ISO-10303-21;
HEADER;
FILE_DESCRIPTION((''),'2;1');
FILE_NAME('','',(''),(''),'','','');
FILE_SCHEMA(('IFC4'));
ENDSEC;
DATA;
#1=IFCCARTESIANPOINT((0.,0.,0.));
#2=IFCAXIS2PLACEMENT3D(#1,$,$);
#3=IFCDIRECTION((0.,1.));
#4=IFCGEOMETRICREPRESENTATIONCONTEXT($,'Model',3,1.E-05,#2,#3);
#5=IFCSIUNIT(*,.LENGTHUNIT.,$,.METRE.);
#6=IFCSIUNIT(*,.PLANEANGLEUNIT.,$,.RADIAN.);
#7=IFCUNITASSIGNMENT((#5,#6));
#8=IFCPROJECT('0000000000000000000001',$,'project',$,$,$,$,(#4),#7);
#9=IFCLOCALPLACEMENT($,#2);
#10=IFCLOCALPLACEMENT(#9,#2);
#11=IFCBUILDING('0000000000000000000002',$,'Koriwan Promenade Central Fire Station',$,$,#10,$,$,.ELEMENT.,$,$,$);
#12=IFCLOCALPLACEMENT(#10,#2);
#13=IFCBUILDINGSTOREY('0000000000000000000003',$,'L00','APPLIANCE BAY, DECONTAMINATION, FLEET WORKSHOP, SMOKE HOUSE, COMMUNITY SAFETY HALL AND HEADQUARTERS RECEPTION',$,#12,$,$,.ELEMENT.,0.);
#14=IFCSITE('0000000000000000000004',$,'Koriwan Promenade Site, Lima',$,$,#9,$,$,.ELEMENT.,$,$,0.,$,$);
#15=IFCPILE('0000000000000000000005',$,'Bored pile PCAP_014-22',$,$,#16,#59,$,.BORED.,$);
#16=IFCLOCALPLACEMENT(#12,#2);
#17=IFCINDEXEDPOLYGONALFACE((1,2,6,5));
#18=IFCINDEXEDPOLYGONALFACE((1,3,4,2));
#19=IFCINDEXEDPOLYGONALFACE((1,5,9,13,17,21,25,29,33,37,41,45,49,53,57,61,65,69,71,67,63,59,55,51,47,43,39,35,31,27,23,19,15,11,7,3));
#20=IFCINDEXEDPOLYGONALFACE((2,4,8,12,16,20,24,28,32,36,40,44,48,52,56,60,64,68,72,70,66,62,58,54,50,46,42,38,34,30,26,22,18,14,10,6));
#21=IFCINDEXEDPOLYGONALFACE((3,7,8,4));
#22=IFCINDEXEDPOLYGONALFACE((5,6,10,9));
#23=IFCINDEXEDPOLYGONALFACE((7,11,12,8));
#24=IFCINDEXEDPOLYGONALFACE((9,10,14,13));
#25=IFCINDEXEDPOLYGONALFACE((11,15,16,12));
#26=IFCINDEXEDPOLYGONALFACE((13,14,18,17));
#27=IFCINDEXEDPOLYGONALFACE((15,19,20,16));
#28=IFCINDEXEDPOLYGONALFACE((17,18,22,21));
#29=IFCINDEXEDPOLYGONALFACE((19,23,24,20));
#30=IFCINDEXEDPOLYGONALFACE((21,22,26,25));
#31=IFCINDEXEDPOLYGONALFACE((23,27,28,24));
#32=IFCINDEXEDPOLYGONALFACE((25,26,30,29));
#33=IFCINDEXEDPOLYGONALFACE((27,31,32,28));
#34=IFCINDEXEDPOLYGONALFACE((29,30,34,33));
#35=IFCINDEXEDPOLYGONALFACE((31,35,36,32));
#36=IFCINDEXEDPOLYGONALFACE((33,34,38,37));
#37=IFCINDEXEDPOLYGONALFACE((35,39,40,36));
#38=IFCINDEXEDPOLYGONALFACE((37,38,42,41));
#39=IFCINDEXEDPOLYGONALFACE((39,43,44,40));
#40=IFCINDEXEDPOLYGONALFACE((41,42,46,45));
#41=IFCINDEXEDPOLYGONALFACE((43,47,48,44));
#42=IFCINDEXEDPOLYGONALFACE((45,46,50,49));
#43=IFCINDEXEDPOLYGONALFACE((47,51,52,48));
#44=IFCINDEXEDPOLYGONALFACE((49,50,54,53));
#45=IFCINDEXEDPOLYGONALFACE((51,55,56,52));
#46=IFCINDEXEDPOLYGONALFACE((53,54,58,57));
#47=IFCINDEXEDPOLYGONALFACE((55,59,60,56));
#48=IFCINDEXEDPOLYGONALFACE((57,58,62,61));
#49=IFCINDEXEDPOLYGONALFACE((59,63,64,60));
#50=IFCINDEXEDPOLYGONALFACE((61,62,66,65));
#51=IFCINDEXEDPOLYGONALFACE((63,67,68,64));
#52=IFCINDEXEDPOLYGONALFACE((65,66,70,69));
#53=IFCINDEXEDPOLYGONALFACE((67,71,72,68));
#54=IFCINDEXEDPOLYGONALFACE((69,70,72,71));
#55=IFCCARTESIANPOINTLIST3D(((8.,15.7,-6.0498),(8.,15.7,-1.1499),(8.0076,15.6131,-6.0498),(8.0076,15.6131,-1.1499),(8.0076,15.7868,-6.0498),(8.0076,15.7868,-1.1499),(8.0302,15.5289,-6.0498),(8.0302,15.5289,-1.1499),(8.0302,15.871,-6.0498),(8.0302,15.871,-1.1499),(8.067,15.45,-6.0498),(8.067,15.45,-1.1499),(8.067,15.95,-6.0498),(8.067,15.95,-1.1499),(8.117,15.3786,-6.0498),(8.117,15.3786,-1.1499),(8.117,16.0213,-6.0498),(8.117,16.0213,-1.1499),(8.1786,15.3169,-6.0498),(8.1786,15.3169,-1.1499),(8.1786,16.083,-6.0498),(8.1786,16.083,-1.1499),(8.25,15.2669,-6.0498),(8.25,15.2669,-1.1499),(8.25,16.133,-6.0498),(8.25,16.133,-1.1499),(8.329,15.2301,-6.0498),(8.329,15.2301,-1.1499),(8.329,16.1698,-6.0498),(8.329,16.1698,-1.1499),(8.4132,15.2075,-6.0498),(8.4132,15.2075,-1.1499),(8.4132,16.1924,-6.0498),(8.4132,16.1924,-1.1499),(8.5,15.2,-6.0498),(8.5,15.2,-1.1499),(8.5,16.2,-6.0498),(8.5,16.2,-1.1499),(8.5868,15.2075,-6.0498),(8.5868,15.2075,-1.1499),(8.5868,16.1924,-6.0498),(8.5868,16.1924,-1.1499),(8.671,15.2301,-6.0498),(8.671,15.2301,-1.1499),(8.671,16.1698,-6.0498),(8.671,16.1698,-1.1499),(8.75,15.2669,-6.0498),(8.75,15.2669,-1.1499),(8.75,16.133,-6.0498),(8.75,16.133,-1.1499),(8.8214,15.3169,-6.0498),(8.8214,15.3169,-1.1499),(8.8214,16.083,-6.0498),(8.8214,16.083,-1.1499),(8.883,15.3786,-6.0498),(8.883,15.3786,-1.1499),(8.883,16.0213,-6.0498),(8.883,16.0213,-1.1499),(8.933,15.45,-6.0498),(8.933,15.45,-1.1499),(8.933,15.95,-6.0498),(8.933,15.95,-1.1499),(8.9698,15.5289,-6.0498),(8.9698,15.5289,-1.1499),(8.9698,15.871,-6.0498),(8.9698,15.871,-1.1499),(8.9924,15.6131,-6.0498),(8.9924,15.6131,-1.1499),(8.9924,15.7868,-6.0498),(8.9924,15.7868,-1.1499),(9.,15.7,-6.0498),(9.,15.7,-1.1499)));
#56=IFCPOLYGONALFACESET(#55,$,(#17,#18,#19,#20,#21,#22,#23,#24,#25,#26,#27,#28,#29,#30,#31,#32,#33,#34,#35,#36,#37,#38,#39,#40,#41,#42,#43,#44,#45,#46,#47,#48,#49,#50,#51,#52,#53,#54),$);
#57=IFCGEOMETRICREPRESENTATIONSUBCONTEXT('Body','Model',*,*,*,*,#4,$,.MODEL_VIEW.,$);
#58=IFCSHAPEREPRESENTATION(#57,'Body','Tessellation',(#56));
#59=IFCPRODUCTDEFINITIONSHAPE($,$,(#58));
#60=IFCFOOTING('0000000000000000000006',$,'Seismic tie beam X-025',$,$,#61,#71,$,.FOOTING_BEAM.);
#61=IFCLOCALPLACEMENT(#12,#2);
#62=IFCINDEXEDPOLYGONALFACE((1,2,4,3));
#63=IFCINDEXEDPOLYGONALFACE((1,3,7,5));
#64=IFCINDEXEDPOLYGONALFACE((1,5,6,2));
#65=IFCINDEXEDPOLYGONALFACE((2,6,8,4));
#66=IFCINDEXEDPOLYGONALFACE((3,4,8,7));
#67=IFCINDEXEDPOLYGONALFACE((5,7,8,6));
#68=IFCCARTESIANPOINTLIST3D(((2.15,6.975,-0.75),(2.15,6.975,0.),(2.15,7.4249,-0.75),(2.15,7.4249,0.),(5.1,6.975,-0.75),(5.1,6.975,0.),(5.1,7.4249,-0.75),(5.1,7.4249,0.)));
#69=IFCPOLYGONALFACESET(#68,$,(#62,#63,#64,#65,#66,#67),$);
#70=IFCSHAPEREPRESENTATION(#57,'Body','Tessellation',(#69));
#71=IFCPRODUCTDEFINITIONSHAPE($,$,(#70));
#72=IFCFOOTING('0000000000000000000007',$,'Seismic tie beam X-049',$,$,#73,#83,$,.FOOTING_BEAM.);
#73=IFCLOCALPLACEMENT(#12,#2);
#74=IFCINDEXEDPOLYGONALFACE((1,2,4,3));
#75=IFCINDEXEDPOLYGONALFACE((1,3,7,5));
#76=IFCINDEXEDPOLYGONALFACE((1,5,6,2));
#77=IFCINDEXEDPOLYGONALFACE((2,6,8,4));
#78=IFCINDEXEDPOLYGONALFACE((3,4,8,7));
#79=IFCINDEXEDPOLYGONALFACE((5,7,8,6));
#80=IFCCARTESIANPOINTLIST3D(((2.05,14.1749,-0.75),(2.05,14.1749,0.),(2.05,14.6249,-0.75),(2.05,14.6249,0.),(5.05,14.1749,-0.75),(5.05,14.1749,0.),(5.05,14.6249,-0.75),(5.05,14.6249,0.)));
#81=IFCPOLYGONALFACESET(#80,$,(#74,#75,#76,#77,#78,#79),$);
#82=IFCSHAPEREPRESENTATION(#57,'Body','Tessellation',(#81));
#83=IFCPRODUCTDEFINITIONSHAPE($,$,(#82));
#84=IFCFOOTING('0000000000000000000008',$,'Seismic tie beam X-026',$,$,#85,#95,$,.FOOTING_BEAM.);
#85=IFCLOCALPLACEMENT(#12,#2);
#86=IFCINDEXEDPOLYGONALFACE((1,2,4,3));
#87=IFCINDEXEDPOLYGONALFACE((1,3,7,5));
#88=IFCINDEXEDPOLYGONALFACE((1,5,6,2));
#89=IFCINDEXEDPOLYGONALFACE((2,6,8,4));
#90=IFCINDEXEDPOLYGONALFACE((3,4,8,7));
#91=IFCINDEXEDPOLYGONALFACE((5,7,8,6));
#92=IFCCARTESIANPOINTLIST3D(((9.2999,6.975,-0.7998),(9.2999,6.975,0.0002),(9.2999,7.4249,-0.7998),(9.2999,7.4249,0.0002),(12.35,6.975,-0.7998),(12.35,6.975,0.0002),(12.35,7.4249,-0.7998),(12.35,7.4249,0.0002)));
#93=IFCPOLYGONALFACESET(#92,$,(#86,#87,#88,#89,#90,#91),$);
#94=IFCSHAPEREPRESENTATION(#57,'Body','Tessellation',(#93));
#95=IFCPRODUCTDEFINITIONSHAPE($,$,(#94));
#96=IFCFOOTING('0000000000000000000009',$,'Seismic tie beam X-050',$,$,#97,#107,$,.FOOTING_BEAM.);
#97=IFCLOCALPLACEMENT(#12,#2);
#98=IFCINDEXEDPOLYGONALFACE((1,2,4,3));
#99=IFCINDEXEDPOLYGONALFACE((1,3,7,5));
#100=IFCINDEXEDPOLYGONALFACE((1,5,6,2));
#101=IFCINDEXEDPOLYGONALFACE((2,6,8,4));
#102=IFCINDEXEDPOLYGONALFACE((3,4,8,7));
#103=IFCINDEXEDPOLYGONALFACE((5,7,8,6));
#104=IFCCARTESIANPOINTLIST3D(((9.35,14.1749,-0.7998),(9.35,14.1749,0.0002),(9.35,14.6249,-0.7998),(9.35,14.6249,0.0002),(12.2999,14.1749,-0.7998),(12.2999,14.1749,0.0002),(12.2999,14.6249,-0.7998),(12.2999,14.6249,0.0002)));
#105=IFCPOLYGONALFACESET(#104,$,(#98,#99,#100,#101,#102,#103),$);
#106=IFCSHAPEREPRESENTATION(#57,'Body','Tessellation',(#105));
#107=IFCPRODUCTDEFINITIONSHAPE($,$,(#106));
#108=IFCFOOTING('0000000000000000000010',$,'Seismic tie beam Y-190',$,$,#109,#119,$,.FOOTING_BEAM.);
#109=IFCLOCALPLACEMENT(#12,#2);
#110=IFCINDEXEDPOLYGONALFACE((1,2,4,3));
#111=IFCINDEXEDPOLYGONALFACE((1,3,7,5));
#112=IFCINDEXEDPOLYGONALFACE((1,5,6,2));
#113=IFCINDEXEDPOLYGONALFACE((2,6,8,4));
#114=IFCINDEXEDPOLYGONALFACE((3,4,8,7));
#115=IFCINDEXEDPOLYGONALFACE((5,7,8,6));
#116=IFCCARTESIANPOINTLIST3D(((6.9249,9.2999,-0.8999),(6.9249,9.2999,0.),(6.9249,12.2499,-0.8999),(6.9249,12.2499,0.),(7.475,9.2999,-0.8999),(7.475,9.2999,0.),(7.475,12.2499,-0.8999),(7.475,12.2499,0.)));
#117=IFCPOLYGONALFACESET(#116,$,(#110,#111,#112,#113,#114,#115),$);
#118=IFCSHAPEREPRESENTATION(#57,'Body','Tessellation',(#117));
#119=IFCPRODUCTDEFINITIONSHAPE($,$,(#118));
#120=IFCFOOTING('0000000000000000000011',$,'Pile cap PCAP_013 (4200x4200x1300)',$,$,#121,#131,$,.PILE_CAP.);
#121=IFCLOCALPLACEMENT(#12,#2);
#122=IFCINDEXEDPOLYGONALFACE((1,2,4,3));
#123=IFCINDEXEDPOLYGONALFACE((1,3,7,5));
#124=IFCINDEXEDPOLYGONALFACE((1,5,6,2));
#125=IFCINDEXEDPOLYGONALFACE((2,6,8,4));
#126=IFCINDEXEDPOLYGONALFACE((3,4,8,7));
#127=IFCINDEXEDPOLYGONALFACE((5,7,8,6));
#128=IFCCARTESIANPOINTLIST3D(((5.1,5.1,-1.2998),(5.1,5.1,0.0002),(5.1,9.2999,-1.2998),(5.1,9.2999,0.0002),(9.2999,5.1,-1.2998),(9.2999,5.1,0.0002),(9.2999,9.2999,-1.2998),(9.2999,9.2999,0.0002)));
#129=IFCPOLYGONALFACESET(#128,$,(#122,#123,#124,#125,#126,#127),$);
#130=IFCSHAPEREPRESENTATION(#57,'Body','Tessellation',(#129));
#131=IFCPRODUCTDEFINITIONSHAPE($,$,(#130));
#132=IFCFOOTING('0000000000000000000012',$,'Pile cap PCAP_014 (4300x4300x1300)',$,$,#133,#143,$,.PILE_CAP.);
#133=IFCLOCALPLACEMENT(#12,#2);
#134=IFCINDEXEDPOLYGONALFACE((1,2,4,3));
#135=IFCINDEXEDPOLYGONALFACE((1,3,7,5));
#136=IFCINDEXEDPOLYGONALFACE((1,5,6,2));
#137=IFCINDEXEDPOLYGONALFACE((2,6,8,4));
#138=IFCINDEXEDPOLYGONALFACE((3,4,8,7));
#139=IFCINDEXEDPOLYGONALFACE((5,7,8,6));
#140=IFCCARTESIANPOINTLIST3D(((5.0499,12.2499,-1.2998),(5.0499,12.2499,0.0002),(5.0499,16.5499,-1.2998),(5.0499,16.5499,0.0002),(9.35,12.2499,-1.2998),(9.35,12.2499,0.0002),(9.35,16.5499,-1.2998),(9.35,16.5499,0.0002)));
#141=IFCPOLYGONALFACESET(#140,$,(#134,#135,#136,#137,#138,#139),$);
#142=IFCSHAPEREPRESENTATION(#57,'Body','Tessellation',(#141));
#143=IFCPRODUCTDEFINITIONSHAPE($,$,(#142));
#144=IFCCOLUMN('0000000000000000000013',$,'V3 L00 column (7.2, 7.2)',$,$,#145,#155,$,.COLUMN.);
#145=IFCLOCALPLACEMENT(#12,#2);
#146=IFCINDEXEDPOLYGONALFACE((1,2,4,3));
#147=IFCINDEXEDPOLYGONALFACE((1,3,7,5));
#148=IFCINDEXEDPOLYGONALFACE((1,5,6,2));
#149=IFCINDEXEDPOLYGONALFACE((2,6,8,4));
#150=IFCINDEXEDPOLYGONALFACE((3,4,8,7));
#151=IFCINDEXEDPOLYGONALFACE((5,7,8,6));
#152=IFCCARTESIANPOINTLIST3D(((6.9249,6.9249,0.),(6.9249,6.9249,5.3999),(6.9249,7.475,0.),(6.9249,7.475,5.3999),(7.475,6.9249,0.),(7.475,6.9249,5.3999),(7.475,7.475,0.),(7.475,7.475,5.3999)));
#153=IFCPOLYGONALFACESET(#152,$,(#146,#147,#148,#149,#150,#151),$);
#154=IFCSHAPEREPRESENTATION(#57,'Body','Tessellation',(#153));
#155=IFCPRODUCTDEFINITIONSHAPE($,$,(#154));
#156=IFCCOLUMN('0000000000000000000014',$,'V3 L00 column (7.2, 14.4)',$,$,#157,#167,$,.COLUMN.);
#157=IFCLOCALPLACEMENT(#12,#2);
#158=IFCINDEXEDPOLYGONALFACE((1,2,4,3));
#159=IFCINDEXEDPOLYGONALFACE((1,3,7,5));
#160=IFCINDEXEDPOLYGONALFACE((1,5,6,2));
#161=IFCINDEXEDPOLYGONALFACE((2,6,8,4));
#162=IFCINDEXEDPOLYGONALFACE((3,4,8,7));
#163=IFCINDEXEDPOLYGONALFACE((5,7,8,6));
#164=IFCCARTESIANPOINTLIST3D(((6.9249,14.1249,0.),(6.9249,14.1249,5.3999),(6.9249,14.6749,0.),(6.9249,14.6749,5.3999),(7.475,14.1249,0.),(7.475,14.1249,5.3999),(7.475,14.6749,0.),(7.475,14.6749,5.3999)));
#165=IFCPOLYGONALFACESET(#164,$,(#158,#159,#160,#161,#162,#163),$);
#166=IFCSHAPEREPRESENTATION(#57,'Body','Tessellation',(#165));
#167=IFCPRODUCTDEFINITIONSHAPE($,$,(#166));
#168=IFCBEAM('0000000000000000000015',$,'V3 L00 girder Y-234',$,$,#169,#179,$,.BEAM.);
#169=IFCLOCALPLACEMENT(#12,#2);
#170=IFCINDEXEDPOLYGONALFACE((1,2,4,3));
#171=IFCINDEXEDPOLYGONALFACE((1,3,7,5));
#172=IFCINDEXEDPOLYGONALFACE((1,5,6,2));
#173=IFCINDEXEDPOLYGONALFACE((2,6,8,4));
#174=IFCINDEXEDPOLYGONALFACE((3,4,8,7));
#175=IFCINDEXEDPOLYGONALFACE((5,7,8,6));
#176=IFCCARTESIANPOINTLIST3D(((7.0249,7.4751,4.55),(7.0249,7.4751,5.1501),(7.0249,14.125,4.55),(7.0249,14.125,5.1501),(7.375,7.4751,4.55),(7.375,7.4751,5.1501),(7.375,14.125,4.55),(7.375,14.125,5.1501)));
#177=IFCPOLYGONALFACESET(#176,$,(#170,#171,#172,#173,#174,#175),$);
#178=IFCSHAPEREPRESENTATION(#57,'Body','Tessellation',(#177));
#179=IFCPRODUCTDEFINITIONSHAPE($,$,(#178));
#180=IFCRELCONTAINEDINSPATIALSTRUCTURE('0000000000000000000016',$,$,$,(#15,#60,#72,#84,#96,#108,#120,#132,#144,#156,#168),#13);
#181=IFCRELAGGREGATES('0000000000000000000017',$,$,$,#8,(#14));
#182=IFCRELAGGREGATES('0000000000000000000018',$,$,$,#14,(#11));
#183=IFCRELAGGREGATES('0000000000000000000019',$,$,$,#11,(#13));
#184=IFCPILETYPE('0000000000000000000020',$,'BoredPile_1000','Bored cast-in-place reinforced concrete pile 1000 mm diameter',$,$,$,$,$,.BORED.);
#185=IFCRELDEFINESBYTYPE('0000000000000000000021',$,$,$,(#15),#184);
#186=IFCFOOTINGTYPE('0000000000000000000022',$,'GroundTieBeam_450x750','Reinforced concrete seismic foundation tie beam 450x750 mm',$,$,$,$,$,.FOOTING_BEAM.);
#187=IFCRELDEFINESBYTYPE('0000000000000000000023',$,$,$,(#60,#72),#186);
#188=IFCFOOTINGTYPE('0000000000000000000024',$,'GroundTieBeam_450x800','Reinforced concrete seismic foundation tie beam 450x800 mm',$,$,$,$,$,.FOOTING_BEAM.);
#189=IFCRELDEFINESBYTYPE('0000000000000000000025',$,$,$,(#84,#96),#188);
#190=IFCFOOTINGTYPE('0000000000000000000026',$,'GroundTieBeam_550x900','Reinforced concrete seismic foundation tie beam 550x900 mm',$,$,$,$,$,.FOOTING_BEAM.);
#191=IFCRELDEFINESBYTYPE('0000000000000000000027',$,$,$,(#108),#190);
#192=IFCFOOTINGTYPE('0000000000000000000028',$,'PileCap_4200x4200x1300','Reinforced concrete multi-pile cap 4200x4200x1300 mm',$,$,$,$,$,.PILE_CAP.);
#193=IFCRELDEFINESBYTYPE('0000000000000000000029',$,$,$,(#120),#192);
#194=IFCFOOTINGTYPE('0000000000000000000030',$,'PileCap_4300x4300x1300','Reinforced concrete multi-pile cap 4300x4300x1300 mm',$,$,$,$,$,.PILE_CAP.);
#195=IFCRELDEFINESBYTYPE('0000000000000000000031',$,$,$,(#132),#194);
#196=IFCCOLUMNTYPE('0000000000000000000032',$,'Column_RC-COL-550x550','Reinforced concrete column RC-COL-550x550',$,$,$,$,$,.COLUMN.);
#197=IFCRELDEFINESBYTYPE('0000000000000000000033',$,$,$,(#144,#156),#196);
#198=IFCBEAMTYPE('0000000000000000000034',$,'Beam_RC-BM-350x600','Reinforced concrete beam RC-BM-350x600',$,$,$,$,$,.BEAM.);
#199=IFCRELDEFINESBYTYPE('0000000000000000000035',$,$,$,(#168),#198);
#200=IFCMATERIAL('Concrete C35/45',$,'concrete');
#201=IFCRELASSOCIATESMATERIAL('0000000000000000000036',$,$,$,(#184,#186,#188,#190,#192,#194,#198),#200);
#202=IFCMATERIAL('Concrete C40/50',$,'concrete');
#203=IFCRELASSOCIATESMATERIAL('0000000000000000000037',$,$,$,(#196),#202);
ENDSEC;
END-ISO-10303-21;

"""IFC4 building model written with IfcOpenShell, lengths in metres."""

from ifc_helpers import new_model, si_unit, direction, frame, origin, origin_2d, place, context, subcontext, project, spatial, rectangle, circle, extrude, material, material_profile, profile_set, type_object, element, save


model = new_model("IFC4")

# Units and contexts
model_context = context("Model", 3, precision=1e-05, world=origin(), true_north=direction((0.0, 1.0)))
body_context = subcontext(model_context, "Body", "Model", "MODEL_VIEW")
ifc_project = project(units=[si_unit("LENGTHUNIT", "METRE"), si_unit("PLANEANGLEUNIT", "RADIAN")], contexts=[model_context])

# Site, building, storey
site_placement = place(None, origin())
site = spatial("IfcSite", under=ifc_project, at=site_placement, Name="Koriwan Promenade Site, Lima", CompositionType="ELEMENT", RefElevation=0.0)
building_placement = place(site_placement, origin())
building = spatial("IfcBuilding", under=site, at=building_placement, Name="Koriwan Promenade Central Fire Station", CompositionType="ELEMENT")
storey_placement = place(building_placement, origin())
storey = spatial("IfcBuildingStorey", under=building, at=storey_placement, Name="L00", Description="APPLIANCE BAY, DECONTAMINATION, FLEET WORKSHOP, SMOKE HOUSE, COMMUNITY SAFETY HALL AND HEADQUARTERS RECEPTION", CompositionType="ELEMENT", Elevation=0.0)

# Pile
ifc_material_1 = material(Name="Concrete C35/45", Category="concrete")
ifc_material_profile_1 = material_profile(ifc_material_1, circle(Radius=0.5, at=origin_2d()), Name="PILE-D1000")
ifc_profile_set_1 = profile_set([ifc_material_profile_1], Name="Concrete C35/45")
pile_type = type_object("IfcPileType", Name="BoredPile_1000", Description="Bored cast-in-place reinforced concrete pile 1000 mm diameter", PredefinedType="BORED", material=ifc_profile_set_1)
for number, where, z_axis, x_axis, name in (
    (1, (8.5, 15.7, -1.1499), (0.0, 0.0, -1.0), (1.0, 0.0, 0.0), "Bored pile PCAP_014-22"),
):
    element("IfcPile", number, at=place(storey_placement, frame(where, z_axis=z_axis, x_axis=x_axis)), inside=storey, type_object=pile_type, Name=name, PredefinedType="BORED", context=body_context, shape_type="SweptSolid", body=[
        extrude(circle(Radius=0.5, at=origin_2d()), origin(), (0.0, 0.0, 1.0), 4.8999),
    ])

# Footings
footing_type_1 = type_object("IfcFootingType", Name="GroundTieBeam_450x750", Description="Reinforced concrete seismic foundation tie beam 450x750 mm", PredefinedType="FOOTING_BEAM", material=ifc_material_1)
footing_1_placement = place(storey_placement, frame((3.625, 7.2, -0.75), z_axis=(0.0, 0.0, 1.0), x_axis=(1.0, 0.0, 0.0)))
element("IfcFooting", 2, at=footing_1_placement, inside=storey, type_object=footing_type_1, Name="Seismic tie beam X-025", PredefinedType="FOOTING_BEAM", context=body_context, shape_type="SweptSolid", body=[
    extrude(rectangle(XDim=2.95, YDim=0.45, at=origin_2d()), origin(), (0.0, 0.0, 1.0), 0.75),
])
footing_2_placement = place(storey_placement, frame((3.55, 14.3999, -0.75), z_axis=(0.0, 0.0, 1.0), x_axis=(1.0, 0.0, 0.0)))
element("IfcFooting", 3, at=footing_2_placement, inside=storey, type_object=footing_type_1, Name="Seismic tie beam X-049", PredefinedType="FOOTING_BEAM", context=body_context, shape_type="SweptSolid", body=[
    extrude(rectangle(XDim=3.0, YDim=0.45, at=origin_2d()), origin(), (0.0, 0.0, 1.0), 0.75),
])
footing_type_2 = type_object("IfcFootingType", Name="GroundTieBeam_450x800", Description="Reinforced concrete seismic foundation tie beam 450x800 mm", PredefinedType="FOOTING_BEAM", material=ifc_material_1)
footing_3_placement = place(storey_placement, frame((10.825, 7.2, -0.7998), z_axis=(0.0, 0.0, 1.0), x_axis=(1.0, 0.0, 0.0)))
element("IfcFooting", 4, at=footing_3_placement, inside=storey, type_object=footing_type_2, Name="Seismic tie beam X-026", PredefinedType="FOOTING_BEAM", context=body_context, shape_type="SweptSolid", body=[
    extrude(rectangle(XDim=3.05, YDim=0.45, at=origin_2d()), origin(), (0.0, 0.0, 1.0), 0.8),
])
footing_4_placement = place(storey_placement, frame((10.825, 14.3999, -0.7998), z_axis=(0.0, 0.0, 1.0), x_axis=(1.0, 0.0, 0.0)))
element("IfcFooting", 5, at=footing_4_placement, inside=storey, type_object=footing_type_2, Name="Seismic tie beam X-050", PredefinedType="FOOTING_BEAM", context=body_context, shape_type="SweptSolid", body=[
    extrude(rectangle(XDim=2.95, YDim=0.45, at=origin_2d()), origin(), (0.0, 0.0, 1.0), 0.8),
])
footing_type_3 = type_object("IfcFootingType", Name="GroundTieBeam_550x900", Description="Reinforced concrete seismic foundation tie beam 550x900 mm", PredefinedType="FOOTING_BEAM", material=ifc_material_1)
footing_5_placement = place(storey_placement, frame((7.2, 10.7749, -0.8999), z_axis=(0.0, 0.0, 1.0), x_axis=(0.0, 1.0, 0.0)))
element("IfcFooting", 6, at=footing_5_placement, inside=storey, type_object=footing_type_3, Name="Seismic tie beam Y-190", PredefinedType="FOOTING_BEAM", context=body_context, shape_type="SweptSolid", body=[
    extrude(rectangle(XDim=2.95, YDim=0.55, at=origin_2d()), origin(), (0.0, 0.0, 1.0), 0.8999),
])
footing_type_4 = type_object("IfcFootingType", Name="PileCap_4200x4200x1300", Description="Reinforced concrete multi-pile cap 4200x4200x1300 mm", PredefinedType="PILE_CAP", material=ifc_material_1)
footing_6_placement = place(storey_placement, frame((7.2, 7.2, -1.2998), z_axis=(0.0, 0.0, 1.0), x_axis=(1.0, 0.0, 0.0)))
element("IfcFooting", 7, at=footing_6_placement, inside=storey, type_object=footing_type_4, Name="Pile cap PCAP_013 (4200x4200x1300)", PredefinedType="PILE_CAP", context=body_context, shape_type="SweptSolid", body=[
    extrude(rectangle(XDim=4.2, YDim=4.2, at=origin_2d()), origin(), (0.0, 0.0, 1.0), 1.3),
])
footing_type_5 = type_object("IfcFootingType", Name="PileCap_4300x4300x1300", Description="Reinforced concrete multi-pile cap 4300x4300x1300 mm", PredefinedType="PILE_CAP", material=ifc_material_1)
footing_7_placement = place(storey_placement, frame((7.2, 14.3999, -1.2998), z_axis=(0.0, 0.0, 1.0), x_axis=(1.0, 0.0, 0.0)))
element("IfcFooting", 8, at=footing_7_placement, inside=storey, type_object=footing_type_5, Name="Pile cap PCAP_014 (4300x4300x1300)", PredefinedType="PILE_CAP", context=body_context, shape_type="SweptSolid", body=[
    extrude(rectangle(XDim=4.3, YDim=4.3, at=origin_2d()), origin(), (0.0, 0.0, 1.0), 1.3),
])

# Columns
ifc_material_2 = material(Name="Concrete C40/50", Category="concrete")
ifc_material_profile_2 = material_profile(ifc_material_2, rectangle(XDim=0.55, YDim=0.55, at=origin_2d()), Name="RC-COL-550x550")
ifc_profile_set_2 = profile_set([ifc_material_profile_2], Name="Concrete C40/50")
column_type = type_object("IfcColumnType", Name="Column_RC-COL-550x550", Description="Reinforced concrete column RC-COL-550x550", PredefinedType="COLUMN", material=ifc_profile_set_2)
for number, where, z_axis, x_axis, name in (
    (9, (7.2, 7.2, 0.0), (0.0, 0.0, 1.0), (1.0, 0.0, 0.0), "V3 L00 column (7.2, 7.2)"),
    (10, (7.2, 14.3999, 0.0), (0.0, 0.0, 1.0), (1.0, 0.0, 0.0), "V3 L00 column (7.2, 14.4)"),
):
    element("IfcColumn", number, at=place(storey_placement, frame(where, z_axis=z_axis, x_axis=x_axis)), inside=storey, type_object=column_type, Name=name, PredefinedType="COLUMN", context=body_context, shape_type="SweptSolid", body=[
        extrude(rectangle(XDim=0.55, YDim=0.55, at=origin_2d()), origin(), (0.0, 0.0, 1.0), 5.3999),
    ])

# Beam
ifc_material_profile_3 = material_profile(ifc_material_1, rectangle(XDim=0.3501, YDim=0.6001, at=origin_2d()), Name="RC-BM-350x600")
ifc_profile_set_3 = profile_set([ifc_material_profile_3], Name="Concrete C35/45")
beam_type_1 = type_object("IfcBeamType", Name="Beam_RC-BM-350x600", Description="Reinforced concrete beam RC-BM-350x600", PredefinedType="BEAM", material=ifc_profile_set_3)
beam_1_placement = place(storey_placement, frame((7.2, 7.4751, 4.8501), z_axis=(0.0, 1.0, 0.0), x_axis=(-1.0, 0.0, 0.0)))
element("IfcBeam", 11, at=beam_1_placement, inside=storey, type_object=beam_type_1, Name="V3 L00 girder Y-234", PredefinedType="BEAM", context=body_context, shape_type="SweptSolid", body=[
    extrude(rectangle(XDim=0.3501, YDim=0.6001, at=origin_2d()), origin(), (0.0, 0.0, 1.0), 6.6499),
])

save(model, "model.ifc")
